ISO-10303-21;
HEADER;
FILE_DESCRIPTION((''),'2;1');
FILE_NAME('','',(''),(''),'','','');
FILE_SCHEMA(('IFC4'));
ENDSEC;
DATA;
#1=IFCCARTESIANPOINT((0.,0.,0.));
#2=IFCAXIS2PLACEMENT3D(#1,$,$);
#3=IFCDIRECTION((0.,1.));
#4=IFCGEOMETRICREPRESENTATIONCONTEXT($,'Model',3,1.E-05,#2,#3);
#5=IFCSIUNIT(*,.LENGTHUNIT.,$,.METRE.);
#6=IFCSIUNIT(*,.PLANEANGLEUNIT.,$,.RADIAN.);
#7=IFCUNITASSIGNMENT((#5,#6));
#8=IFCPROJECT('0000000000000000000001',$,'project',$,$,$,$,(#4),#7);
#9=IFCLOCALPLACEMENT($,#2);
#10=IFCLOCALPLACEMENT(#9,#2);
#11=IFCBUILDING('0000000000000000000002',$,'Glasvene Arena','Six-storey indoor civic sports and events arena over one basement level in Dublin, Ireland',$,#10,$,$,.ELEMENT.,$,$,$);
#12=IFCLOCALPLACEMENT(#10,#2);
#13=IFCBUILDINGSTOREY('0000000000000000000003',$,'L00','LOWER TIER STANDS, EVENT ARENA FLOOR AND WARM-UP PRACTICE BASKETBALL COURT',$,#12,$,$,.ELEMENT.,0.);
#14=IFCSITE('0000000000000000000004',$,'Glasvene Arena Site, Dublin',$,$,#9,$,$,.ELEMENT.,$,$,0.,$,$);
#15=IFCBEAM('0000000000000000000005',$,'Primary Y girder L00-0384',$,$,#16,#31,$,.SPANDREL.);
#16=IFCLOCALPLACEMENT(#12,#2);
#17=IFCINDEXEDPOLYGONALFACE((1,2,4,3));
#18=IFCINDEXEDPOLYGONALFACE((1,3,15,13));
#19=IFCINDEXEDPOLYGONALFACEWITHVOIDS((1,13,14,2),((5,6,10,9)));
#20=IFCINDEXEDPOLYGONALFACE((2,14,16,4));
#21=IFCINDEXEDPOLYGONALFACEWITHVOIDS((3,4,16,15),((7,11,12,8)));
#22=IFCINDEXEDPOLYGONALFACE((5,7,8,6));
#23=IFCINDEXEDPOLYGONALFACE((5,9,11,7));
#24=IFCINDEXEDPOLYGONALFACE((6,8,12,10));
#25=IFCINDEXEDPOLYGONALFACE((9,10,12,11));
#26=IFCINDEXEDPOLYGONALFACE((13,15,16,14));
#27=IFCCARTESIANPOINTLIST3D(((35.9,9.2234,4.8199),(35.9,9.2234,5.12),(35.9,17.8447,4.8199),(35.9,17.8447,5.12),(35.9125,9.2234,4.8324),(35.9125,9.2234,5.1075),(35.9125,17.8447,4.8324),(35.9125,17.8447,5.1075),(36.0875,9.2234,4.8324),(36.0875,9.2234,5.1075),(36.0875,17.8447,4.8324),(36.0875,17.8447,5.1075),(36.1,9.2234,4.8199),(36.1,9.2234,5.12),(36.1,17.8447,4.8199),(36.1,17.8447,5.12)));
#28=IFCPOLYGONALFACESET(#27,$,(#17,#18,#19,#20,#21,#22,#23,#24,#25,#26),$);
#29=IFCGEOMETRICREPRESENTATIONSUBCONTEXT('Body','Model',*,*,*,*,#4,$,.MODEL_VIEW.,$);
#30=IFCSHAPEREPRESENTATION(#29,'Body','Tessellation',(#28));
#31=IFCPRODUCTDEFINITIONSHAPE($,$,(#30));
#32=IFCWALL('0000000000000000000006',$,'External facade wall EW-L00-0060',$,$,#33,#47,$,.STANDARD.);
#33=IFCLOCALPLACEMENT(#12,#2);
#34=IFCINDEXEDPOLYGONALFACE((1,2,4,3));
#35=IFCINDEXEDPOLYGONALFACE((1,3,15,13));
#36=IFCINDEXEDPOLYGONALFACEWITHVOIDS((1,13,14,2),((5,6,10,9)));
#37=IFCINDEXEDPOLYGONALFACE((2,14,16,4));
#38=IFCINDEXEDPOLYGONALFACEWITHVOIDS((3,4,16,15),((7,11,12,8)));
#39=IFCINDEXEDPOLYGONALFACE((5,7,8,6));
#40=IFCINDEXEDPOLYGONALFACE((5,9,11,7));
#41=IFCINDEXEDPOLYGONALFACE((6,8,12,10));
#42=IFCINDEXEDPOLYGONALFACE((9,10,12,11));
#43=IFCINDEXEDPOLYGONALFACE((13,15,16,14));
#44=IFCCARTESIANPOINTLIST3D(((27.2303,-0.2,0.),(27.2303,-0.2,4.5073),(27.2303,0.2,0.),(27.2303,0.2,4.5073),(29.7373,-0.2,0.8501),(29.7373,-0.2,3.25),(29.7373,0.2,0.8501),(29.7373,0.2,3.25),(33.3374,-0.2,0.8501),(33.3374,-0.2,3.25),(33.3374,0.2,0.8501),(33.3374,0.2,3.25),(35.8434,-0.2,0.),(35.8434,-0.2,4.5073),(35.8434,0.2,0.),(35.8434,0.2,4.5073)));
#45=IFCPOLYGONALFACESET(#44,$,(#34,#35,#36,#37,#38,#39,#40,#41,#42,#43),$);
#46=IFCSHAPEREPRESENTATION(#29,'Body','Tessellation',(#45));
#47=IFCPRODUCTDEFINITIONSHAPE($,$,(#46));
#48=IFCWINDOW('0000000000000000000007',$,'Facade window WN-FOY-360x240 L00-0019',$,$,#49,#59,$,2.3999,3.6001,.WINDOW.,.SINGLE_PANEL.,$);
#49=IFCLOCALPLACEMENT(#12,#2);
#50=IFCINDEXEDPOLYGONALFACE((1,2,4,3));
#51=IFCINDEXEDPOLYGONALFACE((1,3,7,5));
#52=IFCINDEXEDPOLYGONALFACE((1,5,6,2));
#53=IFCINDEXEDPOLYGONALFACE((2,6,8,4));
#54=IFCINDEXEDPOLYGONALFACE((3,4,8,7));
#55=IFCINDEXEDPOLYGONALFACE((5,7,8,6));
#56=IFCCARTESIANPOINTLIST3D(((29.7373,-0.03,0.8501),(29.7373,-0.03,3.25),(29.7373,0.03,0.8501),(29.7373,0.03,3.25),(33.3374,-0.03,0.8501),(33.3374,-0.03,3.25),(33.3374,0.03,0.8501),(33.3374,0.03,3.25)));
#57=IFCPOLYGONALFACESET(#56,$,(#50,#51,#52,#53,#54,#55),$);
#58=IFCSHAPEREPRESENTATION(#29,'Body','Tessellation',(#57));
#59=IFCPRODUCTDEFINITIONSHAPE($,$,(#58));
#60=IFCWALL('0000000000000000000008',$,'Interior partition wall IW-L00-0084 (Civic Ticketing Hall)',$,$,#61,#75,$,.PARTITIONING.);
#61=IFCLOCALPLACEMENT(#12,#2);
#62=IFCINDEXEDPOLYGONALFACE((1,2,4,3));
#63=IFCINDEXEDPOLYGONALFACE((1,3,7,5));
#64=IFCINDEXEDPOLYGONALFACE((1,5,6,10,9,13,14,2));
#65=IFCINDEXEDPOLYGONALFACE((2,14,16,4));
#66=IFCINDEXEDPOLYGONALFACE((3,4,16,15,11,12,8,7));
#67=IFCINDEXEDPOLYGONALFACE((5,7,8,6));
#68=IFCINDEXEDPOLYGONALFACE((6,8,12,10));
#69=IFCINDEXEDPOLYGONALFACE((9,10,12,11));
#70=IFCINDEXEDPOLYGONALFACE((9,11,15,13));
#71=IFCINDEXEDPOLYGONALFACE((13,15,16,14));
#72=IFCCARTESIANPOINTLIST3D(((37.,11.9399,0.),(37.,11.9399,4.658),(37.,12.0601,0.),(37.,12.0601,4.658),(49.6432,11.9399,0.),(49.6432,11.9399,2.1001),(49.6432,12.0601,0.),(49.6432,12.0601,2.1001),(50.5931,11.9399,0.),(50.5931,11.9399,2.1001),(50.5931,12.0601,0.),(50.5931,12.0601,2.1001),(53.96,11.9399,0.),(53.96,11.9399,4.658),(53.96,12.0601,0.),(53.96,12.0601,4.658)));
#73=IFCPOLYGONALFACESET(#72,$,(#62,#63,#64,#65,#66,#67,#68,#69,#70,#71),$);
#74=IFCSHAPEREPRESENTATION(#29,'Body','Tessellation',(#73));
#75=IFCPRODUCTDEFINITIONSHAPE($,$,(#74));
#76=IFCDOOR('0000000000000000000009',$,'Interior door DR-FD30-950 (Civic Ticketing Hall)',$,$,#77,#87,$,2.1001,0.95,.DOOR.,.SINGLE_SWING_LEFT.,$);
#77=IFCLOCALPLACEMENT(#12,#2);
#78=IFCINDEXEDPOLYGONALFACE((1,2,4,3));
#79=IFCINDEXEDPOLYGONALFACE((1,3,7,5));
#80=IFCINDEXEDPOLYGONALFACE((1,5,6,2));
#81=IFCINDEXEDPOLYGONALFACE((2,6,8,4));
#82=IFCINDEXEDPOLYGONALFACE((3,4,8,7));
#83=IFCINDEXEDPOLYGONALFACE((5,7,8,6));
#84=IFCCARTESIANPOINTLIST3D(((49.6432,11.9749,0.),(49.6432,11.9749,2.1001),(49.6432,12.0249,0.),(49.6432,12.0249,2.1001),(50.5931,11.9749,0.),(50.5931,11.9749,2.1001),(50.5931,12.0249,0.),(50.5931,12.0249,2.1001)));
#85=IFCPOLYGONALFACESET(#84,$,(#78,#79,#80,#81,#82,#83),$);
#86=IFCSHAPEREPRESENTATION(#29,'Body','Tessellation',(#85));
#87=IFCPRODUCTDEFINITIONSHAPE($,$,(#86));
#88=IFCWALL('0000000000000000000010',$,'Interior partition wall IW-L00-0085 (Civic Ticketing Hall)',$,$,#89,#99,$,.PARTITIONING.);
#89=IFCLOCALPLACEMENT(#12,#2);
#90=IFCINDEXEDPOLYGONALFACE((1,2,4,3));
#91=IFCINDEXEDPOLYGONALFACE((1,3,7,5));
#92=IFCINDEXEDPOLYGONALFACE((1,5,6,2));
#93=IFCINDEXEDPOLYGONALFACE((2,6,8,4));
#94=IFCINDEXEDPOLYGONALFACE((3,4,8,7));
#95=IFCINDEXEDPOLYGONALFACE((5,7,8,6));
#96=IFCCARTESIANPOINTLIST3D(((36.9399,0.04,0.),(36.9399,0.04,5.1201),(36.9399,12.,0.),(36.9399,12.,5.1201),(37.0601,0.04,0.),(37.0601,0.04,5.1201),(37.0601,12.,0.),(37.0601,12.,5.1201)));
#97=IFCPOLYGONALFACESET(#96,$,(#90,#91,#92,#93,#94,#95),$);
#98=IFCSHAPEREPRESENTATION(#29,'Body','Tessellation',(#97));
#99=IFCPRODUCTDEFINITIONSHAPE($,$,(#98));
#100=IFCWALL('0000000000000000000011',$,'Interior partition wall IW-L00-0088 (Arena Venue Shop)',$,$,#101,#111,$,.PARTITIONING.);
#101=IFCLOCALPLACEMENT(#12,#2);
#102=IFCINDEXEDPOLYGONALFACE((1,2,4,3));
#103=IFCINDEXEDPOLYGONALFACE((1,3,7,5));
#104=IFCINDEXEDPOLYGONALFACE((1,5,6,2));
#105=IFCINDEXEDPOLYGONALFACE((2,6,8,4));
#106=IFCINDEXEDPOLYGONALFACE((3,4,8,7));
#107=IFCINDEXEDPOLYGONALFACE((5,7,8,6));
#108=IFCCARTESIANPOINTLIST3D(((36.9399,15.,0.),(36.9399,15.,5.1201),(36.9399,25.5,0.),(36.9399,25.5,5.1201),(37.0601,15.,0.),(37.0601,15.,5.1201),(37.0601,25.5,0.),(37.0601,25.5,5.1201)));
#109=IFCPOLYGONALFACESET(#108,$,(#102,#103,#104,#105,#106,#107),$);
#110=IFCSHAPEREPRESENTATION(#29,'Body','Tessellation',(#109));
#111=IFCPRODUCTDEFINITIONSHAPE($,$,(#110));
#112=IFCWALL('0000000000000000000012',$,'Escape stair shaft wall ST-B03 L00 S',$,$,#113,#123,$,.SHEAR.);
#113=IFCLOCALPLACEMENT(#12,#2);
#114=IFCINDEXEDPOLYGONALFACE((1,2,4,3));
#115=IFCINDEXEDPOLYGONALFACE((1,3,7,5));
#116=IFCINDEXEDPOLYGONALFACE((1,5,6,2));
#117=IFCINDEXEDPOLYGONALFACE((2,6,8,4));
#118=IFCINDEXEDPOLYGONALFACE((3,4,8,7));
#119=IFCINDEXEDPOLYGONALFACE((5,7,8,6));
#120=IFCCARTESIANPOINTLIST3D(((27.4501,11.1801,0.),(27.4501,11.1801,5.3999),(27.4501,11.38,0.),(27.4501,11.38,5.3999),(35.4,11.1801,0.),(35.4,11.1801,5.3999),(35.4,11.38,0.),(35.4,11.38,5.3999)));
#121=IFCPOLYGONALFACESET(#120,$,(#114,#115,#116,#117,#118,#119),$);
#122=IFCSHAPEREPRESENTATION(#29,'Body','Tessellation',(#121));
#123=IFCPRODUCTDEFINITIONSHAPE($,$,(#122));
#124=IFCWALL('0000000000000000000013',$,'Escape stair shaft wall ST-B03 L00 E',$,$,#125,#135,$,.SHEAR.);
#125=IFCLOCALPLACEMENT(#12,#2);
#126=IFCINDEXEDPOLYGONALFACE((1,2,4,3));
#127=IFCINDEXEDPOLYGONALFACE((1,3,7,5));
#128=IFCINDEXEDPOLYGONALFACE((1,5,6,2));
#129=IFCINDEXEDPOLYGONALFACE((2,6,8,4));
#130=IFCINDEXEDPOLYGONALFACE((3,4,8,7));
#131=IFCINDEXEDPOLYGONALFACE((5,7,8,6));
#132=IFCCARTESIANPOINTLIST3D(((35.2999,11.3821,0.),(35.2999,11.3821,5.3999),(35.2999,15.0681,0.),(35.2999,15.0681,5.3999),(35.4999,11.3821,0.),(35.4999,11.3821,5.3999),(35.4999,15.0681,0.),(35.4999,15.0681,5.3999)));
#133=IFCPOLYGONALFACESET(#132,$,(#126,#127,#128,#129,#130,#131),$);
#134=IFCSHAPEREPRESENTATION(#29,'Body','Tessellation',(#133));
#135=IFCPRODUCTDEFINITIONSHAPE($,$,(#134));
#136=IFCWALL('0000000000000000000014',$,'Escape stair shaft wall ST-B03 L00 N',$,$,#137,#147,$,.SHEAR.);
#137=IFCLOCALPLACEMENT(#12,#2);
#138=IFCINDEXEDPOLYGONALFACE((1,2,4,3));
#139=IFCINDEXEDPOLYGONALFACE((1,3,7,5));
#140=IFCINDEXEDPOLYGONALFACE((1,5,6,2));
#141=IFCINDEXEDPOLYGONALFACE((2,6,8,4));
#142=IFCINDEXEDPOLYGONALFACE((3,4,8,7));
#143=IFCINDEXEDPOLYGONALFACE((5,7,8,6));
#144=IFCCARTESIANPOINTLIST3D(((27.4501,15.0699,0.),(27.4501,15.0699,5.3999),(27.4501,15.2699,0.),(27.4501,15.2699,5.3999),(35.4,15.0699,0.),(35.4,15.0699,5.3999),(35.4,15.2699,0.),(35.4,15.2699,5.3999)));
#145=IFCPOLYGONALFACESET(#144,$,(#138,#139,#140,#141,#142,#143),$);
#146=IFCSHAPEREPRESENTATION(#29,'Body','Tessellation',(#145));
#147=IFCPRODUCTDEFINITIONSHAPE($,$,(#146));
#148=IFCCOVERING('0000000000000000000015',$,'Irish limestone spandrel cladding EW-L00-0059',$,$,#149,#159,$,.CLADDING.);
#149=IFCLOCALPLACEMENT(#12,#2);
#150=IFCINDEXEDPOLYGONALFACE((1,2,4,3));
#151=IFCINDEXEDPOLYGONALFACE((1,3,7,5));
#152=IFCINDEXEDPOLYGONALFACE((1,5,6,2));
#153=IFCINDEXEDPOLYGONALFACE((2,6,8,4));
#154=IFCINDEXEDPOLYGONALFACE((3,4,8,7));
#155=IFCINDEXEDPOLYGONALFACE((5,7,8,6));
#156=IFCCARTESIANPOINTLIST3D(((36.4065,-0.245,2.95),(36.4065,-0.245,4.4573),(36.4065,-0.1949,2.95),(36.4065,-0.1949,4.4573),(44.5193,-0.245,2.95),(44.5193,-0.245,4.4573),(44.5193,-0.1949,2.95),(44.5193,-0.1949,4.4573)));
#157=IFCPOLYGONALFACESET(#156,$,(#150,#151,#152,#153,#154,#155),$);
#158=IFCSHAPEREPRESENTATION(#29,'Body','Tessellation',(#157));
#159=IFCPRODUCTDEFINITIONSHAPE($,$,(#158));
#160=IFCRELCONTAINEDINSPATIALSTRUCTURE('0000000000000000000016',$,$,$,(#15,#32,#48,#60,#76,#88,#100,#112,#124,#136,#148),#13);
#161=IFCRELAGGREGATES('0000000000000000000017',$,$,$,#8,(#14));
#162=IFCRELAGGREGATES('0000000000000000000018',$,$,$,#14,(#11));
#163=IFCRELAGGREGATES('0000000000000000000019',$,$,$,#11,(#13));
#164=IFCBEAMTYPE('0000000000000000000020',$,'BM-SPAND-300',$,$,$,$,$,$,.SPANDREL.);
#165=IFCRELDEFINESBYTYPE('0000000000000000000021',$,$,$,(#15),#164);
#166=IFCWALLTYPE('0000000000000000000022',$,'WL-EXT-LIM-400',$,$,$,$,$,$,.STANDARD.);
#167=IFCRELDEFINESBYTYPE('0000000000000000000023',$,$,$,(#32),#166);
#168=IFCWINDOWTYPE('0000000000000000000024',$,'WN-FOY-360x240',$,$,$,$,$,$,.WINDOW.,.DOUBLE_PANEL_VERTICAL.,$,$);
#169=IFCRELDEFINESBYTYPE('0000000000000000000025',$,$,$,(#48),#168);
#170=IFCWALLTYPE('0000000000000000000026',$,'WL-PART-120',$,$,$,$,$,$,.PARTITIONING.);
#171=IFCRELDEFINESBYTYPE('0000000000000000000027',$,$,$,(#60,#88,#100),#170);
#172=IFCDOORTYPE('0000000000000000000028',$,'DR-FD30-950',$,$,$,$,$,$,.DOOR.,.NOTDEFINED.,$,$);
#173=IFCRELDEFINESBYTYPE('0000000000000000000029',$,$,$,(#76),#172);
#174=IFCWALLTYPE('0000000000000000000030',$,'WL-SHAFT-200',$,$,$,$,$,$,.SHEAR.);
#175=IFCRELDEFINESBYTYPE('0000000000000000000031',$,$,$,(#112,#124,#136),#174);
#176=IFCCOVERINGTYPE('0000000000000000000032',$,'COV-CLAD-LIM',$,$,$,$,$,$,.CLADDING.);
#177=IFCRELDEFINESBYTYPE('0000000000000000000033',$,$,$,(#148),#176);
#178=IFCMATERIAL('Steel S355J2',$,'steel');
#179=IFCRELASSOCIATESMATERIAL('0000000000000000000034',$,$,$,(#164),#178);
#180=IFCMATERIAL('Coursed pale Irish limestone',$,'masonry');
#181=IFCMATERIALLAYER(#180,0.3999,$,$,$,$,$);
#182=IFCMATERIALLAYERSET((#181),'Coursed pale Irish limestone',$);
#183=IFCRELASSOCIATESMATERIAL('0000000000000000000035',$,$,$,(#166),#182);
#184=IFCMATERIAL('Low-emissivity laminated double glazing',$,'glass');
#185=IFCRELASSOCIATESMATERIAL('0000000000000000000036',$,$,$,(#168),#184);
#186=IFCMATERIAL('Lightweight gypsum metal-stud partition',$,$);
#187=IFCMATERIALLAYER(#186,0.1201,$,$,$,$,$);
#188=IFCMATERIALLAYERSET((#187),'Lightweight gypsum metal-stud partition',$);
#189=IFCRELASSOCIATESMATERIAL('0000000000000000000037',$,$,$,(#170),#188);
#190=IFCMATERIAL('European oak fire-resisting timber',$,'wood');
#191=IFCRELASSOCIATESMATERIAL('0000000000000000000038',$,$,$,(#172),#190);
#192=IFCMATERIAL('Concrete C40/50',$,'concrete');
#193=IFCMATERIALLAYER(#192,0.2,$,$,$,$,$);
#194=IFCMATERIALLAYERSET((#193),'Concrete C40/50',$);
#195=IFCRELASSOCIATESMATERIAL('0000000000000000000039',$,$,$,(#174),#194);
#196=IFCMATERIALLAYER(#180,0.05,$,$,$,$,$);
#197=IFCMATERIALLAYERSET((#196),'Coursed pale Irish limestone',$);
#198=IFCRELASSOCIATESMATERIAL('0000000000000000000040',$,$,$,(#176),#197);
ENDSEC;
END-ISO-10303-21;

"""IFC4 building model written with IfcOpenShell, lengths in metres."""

from ifc_helpers import new_model, si_unit, direction, frame, frame_2d, origin, origin_2d, place, context, subcontext, project, spatial, rectangle, hollow_rectangle, extrude, material, layer, layer_set, material_profile, profile_set, type_object, element, fill, save


model = new_model("IFC4")

# Units and contexts
model_context = context("Model", 3, precision=1e-05, world=origin(), true_north=direction((0.0, 1.0)))
body_context = subcontext(model_context, "Body", "Model", "MODEL_VIEW")
ifc_project = project(units=[si_unit("LENGTHUNIT", "METRE"), si_unit("PLANEANGLEUNIT", "RADIAN")], contexts=[model_context])

# Site, building, storey
site_placement = place(None, origin())
site = spatial("IfcSite", under=ifc_project, at=site_placement, Name="Glasvene Arena Site, Dublin", CompositionType="ELEMENT", RefElevation=0.0)
building_placement = place(site_placement, origin())
building = spatial("IfcBuilding", under=site, at=building_placement, Name="Glasvene Arena", Description="Six-storey indoor civic sports and events arena over one basement level in Dublin, Ireland", CompositionType="ELEMENT")
storey_placement = place(building_placement, origin())
storey = spatial("IfcBuildingStorey", under=building, at=storey_placement, Name="L00", Description="LOWER TIER STANDS, EVENT ARENA FLOOR AND WARM-UP PRACTICE BASKETBALL COURT", CompositionType="ELEMENT", Elevation=0.0)

# Shared definitions
ifc_material_1 = material(Name="Steel S355J2", Category="steel")

# Beam
ifc_material_profile_1 = material_profile(ifc_material_1, hollow_rectangle(XDim=0.2, YDim=0.3, WallThickness=0.0125, at=origin_2d()), Name="RHS 300x200x12.5")
ifc_profile_set_1 = profile_set([ifc_material_profile_1], Name="Steel S355J2")
beam_type_1 = type_object("IfcBeamType", Name="BM-SPAND-300", PredefinedType="SPANDREL", material=ifc_profile_set_1)
beam_placement = place(storey_placement, frame((36.0, 9.2234, 4.97), z_axis=(0.0, 1.0, 0.0), x_axis=(-1.0, 0.0, 0.0)))
element("IfcBeam", 1, at=beam_placement, inside=storey, type_object=beam_type_1, Name="Primary Y girder L00-0384", PredefinedType="SPANDREL", context=body_context, shape_type="SweptSolid", body=[
    extrude(hollow_rectangle(XDim=0.2, YDim=0.3, WallThickness=0.0125, at=origin_2d()), origin(), (0.0, 0.0, 1.0), 8.6213),
])

# Wall, opening, window
ifc_material_2 = material(Name="Coursed pale Irish limestone", Category="masonry")
ifc_layer_1 = layer(ifc_material_2, 0.3999)
ifc_layer_set_1 = layer_set([ifc_layer_1], Name="Coursed pale Irish limestone")
wall_type_1 = type_object("IfcWallType", Name="WL-EXT-LIM-400", PredefinedType="STANDARD", material=ifc_layer_set_1)
wall_1_placement = place(storey_placement, frame((35.8435, 0.0, 0.0), z_axis=(0.0, 0.0, 1.0), x_axis=(-1.0, 0.0, 0.0)))
wall_1 = element("IfcWall", 2, at=wall_1_placement, inside=storey, type_object=wall_type_1, Name="External facade wall EW-L00-0060", PredefinedType="STANDARD", context=body_context, shape_type="SweptSolid", body=[
    extrude(rectangle(XDim=8.613, YDim=0.3999, at=frame_2d((4.3066, 0.0))), origin(), (0.0, 0.0, 1.0), 4.5073),
])
opening_1_placement = place(wall_1_placement, frame((2.5061, 0.0, 0.8501)))
opening_1 = element("IfcOpeningElement", 3, at=opening_1_placement, cuts=wall_1, PredefinedType="OPENING", context=body_context, shape_type="SweptSolid", body=[
    extrude(rectangle(XDim=3.6001, YDim=2.3999, at=frame_2d((1.8, 1.2))), frame((0.0, 0.21, 0.0), z_axis=(0.0, -1.0, 0.0), x_axis=(1.0, 0.0, 0.0)), (0.0, 0.0, 1.0), 0.4199),
])
ifc_material_3 = material(Name="Low-emissivity laminated double glazing", Category="glass")
window_type = type_object("IfcWindowType", Name="WN-FOY-360x240", PartitioningType="DOUBLE_PANEL_VERTICAL", PredefinedType="WINDOW", material=ifc_material_3)
window_placement = place(opening_1_placement, origin())
window = element("IfcWindow", 4, at=window_placement, inside=storey, type_object=window_type, Name="Facade window WN-FOY-360x240 L00-0019", OverallHeight=2.3999, OverallWidth=3.6001, PartitioningType="SINGLE_PANEL", PredefinedType="WINDOW", context=body_context, shape_type="SweptSolid", body=[
    extrude(rectangle(XDim=3.6001, YDim=2.3999, at=frame_2d((1.8, 1.2))), frame((0.0, 0.03, 0.0), z_axis=(0.0, -1.0, 0.0), x_axis=(1.0, 0.0, 0.0)), (0.0, 0.0, 1.0), 0.0601),
])
fill(opening_1, window)

# Wall, opening, door
ifc_material_4 = material(Name="Lightweight gypsum metal-stud partition")
ifc_layer_2 = layer(ifc_material_4, 0.1201)
ifc_layer_set_2 = layer_set([ifc_layer_2], Name="Lightweight gypsum metal-stud partition")
wall_type_2 = type_object("IfcWallType", Name="WL-PART-120", PredefinedType="PARTITIONING", material=ifc_layer_set_2)
wall_2_placement = place(storey_placement, frame((37.0, 12.0, 0.0), z_axis=(0.0, 0.0, 1.0), x_axis=(1.0, 0.0, 0.0)))
wall_2 = element("IfcWall", 5, at=wall_2_placement, inside=storey, type_object=wall_type_2, Name="Interior partition wall IW-L00-0084 (Civic Ticketing Hall)", PredefinedType="PARTITIONING", context=body_context, shape_type="SweptSolid", body=[
    extrude(rectangle(XDim=16.96, YDim=0.1201, at=frame_2d((8.48, 0.0))), origin(), (0.0, 0.0, 1.0), 4.658),
])
opening_2_placement = place(wall_2_placement, frame((12.6431, 0.0, 0.0)))
opening_2 = element("IfcOpeningElement", 6, at=opening_2_placement, cuts=wall_2, PredefinedType="OPENING", context=body_context, shape_type="SweptSolid", body=[
    extrude(rectangle(XDim=0.95, YDim=2.1001, at=frame_2d((0.4751, 1.05))), frame((0.0, 0.0701, 0.0), z_axis=(0.0, -1.0, 0.0), x_axis=(1.0, 0.0, 0.0)), (0.0, 0.0, 1.0), 0.1401),
])
ifc_material_5 = material(Name="European oak fire-resisting timber", Category="wood")
door_type_1 = type_object("IfcDoorType", Name="DR-FD30-950", OperationType="NOTDEFINED", PredefinedType="DOOR", material=ifc_material_5)
door_1_placement = place(opening_2_placement, origin())
door_1 = element("IfcDoor", 7, at=door_1_placement, inside=storey, type_object=door_type_1, Name="Interior door DR-FD30-950 (Civic Ticketing Hall)", OperationType="SINGLE_SWING_LEFT", OverallHeight=2.1001, OverallWidth=0.95, PredefinedType="DOOR", context=body_context, shape_type="SweptSolid", body=[
    extrude(rectangle(XDim=0.95, YDim=2.1001, at=frame_2d((0.4751, 1.05))), frame((0.0, 0.0249, 0.0), z_axis=(0.0, -1.0, 0.0), x_axis=(1.0, 0.0, 0.0)), (0.0, 0.0, 1.0), 0.05),
])
fill(opening_2, door_1)

# Walls
wall_3_placement = place(storey_placement, frame((37.0, 0.04, 0.0), z_axis=(0.0, 0.0, 1.0), x_axis=(0.0, 1.0, 0.0)))
element("IfcWall", 8, at=wall_3_placement, inside=storey, type_object=wall_type_2, Name="Interior partition wall IW-L00-0085 (Civic Ticketing Hall)", PredefinedType="PARTITIONING", context=body_context, shape_type="SweptSolid", body=[
    extrude(rectangle(XDim=11.96, YDim=0.1201, at=frame_2d((5.98, 0.0))), origin(), (0.0, 0.0, 1.0), 5.1201),
])
wall_4_placement = place(storey_placement, frame((37.0, 15.0, 0.0), z_axis=(0.0, 0.0, 1.0), x_axis=(0.0, 1.0, 0.0)))
element("IfcWall", 9, at=wall_4_placement, inside=storey, type_object=wall_type_2, Name="Interior partition wall IW-L00-0088 (Arena Venue Shop)", PredefinedType="PARTITIONING", context=body_context, shape_type="SweptSolid", body=[
    extrude(rectangle(XDim=10.5, YDim=0.1201, at=frame_2d((5.25, 0.0))), origin(), (0.0, 0.0, 1.0), 5.1201),
])
ifc_material_6 = material(Name="Concrete C40/50", Category="concrete")
ifc_layer_3 = layer(ifc_material_6, 0.2)
ifc_layer_set_3 = layer_set([ifc_layer_3], Name="Concrete C40/50")
wall_type_3 = type_object("IfcWallType", Name="WL-SHAFT-200", PredefinedType="SHEAR", material=ifc_layer_set_3)
wall_5_placement = place(storey_placement, frame((27.45, 11.28, 0.0), z_axis=(0.0, 0.0, 1.0), x_axis=(1.0, 0.0, 0.0)))
element("IfcWall", 10, at=wall_5_placement, inside=storey, type_object=wall_type_3, Name="Escape stair shaft wall ST-B03 L00 S", PredefinedType="SHEAR", context=body_context, shape_type="SweptSolid", body=[
    extrude(rectangle(XDim=7.95, YDim=0.2, at=frame_2d((3.9751, 0.0))), origin(), (0.0, 0.0, 1.0), 5.3999),
])

# Walls
wall_6_placement = place(storey_placement, frame((35.3999, 11.3821, 0.0), z_axis=(0.0, 0.0, 1.0), x_axis=(0.0, 1.0, 0.0)))
element("IfcWall", 11, at=wall_6_placement, inside=storey, type_object=wall_type_3, Name="Escape stair shaft wall ST-B03 L00 E", PredefinedType="SHEAR", context=body_context, shape_type="SweptSolid", body=[
    extrude(rectangle(XDim=3.686, YDim=0.2, at=frame_2d((1.843, 0.0))), origin(), (0.0, 0.0, 1.0), 5.3999),
])
wall_7_placement = place(storey_placement, frame((27.45, 15.1699, 0.0), z_axis=(0.0, 0.0, 1.0), x_axis=(1.0, 0.0, 0.0)))
element("IfcWall", 12, at=wall_7_placement, inside=storey, type_object=wall_type_3, Name="Escape stair shaft wall ST-B03 L00 N", PredefinedType="SHEAR", context=body_context, shape_type="SweptSolid", body=[
    extrude(rectangle(XDim=7.95, YDim=0.2, at=frame_2d((3.9751, 0.0))), origin(), (0.0, 0.0, 1.0), 5.3999),
])

# Covering
ifc_layer_4 = layer(ifc_material_2, 0.05)
ifc_layer_set_4 = layer_set([ifc_layer_4], Name="Coursed pale Irish limestone")
covering_type = type_object("IfcCoveringType", Name="COV-CLAD-LIM", PredefinedType="CLADDING", material=ifc_layer_set_4)
covering_placement = place(storey_placement, frame((40.4629, -0.22, 2.95), z_axis=(0.0, 0.0, 1.0), x_axis=(-1.0, 0.0, 0.0)))
element("IfcCovering", 13, at=covering_placement, inside=storey, type_object=covering_type, Name="Irish limestone spandrel cladding EW-L00-0059", PredefinedType="CLADDING", context=body_context, shape_type="SweptSolid", body=[
    extrude(rectangle(XDim=8.1128, YDim=0.05, at=origin_2d()), origin(), (0.0, 0.0, 1.0), 1.5073),
])

save(model, "model.ifc")
